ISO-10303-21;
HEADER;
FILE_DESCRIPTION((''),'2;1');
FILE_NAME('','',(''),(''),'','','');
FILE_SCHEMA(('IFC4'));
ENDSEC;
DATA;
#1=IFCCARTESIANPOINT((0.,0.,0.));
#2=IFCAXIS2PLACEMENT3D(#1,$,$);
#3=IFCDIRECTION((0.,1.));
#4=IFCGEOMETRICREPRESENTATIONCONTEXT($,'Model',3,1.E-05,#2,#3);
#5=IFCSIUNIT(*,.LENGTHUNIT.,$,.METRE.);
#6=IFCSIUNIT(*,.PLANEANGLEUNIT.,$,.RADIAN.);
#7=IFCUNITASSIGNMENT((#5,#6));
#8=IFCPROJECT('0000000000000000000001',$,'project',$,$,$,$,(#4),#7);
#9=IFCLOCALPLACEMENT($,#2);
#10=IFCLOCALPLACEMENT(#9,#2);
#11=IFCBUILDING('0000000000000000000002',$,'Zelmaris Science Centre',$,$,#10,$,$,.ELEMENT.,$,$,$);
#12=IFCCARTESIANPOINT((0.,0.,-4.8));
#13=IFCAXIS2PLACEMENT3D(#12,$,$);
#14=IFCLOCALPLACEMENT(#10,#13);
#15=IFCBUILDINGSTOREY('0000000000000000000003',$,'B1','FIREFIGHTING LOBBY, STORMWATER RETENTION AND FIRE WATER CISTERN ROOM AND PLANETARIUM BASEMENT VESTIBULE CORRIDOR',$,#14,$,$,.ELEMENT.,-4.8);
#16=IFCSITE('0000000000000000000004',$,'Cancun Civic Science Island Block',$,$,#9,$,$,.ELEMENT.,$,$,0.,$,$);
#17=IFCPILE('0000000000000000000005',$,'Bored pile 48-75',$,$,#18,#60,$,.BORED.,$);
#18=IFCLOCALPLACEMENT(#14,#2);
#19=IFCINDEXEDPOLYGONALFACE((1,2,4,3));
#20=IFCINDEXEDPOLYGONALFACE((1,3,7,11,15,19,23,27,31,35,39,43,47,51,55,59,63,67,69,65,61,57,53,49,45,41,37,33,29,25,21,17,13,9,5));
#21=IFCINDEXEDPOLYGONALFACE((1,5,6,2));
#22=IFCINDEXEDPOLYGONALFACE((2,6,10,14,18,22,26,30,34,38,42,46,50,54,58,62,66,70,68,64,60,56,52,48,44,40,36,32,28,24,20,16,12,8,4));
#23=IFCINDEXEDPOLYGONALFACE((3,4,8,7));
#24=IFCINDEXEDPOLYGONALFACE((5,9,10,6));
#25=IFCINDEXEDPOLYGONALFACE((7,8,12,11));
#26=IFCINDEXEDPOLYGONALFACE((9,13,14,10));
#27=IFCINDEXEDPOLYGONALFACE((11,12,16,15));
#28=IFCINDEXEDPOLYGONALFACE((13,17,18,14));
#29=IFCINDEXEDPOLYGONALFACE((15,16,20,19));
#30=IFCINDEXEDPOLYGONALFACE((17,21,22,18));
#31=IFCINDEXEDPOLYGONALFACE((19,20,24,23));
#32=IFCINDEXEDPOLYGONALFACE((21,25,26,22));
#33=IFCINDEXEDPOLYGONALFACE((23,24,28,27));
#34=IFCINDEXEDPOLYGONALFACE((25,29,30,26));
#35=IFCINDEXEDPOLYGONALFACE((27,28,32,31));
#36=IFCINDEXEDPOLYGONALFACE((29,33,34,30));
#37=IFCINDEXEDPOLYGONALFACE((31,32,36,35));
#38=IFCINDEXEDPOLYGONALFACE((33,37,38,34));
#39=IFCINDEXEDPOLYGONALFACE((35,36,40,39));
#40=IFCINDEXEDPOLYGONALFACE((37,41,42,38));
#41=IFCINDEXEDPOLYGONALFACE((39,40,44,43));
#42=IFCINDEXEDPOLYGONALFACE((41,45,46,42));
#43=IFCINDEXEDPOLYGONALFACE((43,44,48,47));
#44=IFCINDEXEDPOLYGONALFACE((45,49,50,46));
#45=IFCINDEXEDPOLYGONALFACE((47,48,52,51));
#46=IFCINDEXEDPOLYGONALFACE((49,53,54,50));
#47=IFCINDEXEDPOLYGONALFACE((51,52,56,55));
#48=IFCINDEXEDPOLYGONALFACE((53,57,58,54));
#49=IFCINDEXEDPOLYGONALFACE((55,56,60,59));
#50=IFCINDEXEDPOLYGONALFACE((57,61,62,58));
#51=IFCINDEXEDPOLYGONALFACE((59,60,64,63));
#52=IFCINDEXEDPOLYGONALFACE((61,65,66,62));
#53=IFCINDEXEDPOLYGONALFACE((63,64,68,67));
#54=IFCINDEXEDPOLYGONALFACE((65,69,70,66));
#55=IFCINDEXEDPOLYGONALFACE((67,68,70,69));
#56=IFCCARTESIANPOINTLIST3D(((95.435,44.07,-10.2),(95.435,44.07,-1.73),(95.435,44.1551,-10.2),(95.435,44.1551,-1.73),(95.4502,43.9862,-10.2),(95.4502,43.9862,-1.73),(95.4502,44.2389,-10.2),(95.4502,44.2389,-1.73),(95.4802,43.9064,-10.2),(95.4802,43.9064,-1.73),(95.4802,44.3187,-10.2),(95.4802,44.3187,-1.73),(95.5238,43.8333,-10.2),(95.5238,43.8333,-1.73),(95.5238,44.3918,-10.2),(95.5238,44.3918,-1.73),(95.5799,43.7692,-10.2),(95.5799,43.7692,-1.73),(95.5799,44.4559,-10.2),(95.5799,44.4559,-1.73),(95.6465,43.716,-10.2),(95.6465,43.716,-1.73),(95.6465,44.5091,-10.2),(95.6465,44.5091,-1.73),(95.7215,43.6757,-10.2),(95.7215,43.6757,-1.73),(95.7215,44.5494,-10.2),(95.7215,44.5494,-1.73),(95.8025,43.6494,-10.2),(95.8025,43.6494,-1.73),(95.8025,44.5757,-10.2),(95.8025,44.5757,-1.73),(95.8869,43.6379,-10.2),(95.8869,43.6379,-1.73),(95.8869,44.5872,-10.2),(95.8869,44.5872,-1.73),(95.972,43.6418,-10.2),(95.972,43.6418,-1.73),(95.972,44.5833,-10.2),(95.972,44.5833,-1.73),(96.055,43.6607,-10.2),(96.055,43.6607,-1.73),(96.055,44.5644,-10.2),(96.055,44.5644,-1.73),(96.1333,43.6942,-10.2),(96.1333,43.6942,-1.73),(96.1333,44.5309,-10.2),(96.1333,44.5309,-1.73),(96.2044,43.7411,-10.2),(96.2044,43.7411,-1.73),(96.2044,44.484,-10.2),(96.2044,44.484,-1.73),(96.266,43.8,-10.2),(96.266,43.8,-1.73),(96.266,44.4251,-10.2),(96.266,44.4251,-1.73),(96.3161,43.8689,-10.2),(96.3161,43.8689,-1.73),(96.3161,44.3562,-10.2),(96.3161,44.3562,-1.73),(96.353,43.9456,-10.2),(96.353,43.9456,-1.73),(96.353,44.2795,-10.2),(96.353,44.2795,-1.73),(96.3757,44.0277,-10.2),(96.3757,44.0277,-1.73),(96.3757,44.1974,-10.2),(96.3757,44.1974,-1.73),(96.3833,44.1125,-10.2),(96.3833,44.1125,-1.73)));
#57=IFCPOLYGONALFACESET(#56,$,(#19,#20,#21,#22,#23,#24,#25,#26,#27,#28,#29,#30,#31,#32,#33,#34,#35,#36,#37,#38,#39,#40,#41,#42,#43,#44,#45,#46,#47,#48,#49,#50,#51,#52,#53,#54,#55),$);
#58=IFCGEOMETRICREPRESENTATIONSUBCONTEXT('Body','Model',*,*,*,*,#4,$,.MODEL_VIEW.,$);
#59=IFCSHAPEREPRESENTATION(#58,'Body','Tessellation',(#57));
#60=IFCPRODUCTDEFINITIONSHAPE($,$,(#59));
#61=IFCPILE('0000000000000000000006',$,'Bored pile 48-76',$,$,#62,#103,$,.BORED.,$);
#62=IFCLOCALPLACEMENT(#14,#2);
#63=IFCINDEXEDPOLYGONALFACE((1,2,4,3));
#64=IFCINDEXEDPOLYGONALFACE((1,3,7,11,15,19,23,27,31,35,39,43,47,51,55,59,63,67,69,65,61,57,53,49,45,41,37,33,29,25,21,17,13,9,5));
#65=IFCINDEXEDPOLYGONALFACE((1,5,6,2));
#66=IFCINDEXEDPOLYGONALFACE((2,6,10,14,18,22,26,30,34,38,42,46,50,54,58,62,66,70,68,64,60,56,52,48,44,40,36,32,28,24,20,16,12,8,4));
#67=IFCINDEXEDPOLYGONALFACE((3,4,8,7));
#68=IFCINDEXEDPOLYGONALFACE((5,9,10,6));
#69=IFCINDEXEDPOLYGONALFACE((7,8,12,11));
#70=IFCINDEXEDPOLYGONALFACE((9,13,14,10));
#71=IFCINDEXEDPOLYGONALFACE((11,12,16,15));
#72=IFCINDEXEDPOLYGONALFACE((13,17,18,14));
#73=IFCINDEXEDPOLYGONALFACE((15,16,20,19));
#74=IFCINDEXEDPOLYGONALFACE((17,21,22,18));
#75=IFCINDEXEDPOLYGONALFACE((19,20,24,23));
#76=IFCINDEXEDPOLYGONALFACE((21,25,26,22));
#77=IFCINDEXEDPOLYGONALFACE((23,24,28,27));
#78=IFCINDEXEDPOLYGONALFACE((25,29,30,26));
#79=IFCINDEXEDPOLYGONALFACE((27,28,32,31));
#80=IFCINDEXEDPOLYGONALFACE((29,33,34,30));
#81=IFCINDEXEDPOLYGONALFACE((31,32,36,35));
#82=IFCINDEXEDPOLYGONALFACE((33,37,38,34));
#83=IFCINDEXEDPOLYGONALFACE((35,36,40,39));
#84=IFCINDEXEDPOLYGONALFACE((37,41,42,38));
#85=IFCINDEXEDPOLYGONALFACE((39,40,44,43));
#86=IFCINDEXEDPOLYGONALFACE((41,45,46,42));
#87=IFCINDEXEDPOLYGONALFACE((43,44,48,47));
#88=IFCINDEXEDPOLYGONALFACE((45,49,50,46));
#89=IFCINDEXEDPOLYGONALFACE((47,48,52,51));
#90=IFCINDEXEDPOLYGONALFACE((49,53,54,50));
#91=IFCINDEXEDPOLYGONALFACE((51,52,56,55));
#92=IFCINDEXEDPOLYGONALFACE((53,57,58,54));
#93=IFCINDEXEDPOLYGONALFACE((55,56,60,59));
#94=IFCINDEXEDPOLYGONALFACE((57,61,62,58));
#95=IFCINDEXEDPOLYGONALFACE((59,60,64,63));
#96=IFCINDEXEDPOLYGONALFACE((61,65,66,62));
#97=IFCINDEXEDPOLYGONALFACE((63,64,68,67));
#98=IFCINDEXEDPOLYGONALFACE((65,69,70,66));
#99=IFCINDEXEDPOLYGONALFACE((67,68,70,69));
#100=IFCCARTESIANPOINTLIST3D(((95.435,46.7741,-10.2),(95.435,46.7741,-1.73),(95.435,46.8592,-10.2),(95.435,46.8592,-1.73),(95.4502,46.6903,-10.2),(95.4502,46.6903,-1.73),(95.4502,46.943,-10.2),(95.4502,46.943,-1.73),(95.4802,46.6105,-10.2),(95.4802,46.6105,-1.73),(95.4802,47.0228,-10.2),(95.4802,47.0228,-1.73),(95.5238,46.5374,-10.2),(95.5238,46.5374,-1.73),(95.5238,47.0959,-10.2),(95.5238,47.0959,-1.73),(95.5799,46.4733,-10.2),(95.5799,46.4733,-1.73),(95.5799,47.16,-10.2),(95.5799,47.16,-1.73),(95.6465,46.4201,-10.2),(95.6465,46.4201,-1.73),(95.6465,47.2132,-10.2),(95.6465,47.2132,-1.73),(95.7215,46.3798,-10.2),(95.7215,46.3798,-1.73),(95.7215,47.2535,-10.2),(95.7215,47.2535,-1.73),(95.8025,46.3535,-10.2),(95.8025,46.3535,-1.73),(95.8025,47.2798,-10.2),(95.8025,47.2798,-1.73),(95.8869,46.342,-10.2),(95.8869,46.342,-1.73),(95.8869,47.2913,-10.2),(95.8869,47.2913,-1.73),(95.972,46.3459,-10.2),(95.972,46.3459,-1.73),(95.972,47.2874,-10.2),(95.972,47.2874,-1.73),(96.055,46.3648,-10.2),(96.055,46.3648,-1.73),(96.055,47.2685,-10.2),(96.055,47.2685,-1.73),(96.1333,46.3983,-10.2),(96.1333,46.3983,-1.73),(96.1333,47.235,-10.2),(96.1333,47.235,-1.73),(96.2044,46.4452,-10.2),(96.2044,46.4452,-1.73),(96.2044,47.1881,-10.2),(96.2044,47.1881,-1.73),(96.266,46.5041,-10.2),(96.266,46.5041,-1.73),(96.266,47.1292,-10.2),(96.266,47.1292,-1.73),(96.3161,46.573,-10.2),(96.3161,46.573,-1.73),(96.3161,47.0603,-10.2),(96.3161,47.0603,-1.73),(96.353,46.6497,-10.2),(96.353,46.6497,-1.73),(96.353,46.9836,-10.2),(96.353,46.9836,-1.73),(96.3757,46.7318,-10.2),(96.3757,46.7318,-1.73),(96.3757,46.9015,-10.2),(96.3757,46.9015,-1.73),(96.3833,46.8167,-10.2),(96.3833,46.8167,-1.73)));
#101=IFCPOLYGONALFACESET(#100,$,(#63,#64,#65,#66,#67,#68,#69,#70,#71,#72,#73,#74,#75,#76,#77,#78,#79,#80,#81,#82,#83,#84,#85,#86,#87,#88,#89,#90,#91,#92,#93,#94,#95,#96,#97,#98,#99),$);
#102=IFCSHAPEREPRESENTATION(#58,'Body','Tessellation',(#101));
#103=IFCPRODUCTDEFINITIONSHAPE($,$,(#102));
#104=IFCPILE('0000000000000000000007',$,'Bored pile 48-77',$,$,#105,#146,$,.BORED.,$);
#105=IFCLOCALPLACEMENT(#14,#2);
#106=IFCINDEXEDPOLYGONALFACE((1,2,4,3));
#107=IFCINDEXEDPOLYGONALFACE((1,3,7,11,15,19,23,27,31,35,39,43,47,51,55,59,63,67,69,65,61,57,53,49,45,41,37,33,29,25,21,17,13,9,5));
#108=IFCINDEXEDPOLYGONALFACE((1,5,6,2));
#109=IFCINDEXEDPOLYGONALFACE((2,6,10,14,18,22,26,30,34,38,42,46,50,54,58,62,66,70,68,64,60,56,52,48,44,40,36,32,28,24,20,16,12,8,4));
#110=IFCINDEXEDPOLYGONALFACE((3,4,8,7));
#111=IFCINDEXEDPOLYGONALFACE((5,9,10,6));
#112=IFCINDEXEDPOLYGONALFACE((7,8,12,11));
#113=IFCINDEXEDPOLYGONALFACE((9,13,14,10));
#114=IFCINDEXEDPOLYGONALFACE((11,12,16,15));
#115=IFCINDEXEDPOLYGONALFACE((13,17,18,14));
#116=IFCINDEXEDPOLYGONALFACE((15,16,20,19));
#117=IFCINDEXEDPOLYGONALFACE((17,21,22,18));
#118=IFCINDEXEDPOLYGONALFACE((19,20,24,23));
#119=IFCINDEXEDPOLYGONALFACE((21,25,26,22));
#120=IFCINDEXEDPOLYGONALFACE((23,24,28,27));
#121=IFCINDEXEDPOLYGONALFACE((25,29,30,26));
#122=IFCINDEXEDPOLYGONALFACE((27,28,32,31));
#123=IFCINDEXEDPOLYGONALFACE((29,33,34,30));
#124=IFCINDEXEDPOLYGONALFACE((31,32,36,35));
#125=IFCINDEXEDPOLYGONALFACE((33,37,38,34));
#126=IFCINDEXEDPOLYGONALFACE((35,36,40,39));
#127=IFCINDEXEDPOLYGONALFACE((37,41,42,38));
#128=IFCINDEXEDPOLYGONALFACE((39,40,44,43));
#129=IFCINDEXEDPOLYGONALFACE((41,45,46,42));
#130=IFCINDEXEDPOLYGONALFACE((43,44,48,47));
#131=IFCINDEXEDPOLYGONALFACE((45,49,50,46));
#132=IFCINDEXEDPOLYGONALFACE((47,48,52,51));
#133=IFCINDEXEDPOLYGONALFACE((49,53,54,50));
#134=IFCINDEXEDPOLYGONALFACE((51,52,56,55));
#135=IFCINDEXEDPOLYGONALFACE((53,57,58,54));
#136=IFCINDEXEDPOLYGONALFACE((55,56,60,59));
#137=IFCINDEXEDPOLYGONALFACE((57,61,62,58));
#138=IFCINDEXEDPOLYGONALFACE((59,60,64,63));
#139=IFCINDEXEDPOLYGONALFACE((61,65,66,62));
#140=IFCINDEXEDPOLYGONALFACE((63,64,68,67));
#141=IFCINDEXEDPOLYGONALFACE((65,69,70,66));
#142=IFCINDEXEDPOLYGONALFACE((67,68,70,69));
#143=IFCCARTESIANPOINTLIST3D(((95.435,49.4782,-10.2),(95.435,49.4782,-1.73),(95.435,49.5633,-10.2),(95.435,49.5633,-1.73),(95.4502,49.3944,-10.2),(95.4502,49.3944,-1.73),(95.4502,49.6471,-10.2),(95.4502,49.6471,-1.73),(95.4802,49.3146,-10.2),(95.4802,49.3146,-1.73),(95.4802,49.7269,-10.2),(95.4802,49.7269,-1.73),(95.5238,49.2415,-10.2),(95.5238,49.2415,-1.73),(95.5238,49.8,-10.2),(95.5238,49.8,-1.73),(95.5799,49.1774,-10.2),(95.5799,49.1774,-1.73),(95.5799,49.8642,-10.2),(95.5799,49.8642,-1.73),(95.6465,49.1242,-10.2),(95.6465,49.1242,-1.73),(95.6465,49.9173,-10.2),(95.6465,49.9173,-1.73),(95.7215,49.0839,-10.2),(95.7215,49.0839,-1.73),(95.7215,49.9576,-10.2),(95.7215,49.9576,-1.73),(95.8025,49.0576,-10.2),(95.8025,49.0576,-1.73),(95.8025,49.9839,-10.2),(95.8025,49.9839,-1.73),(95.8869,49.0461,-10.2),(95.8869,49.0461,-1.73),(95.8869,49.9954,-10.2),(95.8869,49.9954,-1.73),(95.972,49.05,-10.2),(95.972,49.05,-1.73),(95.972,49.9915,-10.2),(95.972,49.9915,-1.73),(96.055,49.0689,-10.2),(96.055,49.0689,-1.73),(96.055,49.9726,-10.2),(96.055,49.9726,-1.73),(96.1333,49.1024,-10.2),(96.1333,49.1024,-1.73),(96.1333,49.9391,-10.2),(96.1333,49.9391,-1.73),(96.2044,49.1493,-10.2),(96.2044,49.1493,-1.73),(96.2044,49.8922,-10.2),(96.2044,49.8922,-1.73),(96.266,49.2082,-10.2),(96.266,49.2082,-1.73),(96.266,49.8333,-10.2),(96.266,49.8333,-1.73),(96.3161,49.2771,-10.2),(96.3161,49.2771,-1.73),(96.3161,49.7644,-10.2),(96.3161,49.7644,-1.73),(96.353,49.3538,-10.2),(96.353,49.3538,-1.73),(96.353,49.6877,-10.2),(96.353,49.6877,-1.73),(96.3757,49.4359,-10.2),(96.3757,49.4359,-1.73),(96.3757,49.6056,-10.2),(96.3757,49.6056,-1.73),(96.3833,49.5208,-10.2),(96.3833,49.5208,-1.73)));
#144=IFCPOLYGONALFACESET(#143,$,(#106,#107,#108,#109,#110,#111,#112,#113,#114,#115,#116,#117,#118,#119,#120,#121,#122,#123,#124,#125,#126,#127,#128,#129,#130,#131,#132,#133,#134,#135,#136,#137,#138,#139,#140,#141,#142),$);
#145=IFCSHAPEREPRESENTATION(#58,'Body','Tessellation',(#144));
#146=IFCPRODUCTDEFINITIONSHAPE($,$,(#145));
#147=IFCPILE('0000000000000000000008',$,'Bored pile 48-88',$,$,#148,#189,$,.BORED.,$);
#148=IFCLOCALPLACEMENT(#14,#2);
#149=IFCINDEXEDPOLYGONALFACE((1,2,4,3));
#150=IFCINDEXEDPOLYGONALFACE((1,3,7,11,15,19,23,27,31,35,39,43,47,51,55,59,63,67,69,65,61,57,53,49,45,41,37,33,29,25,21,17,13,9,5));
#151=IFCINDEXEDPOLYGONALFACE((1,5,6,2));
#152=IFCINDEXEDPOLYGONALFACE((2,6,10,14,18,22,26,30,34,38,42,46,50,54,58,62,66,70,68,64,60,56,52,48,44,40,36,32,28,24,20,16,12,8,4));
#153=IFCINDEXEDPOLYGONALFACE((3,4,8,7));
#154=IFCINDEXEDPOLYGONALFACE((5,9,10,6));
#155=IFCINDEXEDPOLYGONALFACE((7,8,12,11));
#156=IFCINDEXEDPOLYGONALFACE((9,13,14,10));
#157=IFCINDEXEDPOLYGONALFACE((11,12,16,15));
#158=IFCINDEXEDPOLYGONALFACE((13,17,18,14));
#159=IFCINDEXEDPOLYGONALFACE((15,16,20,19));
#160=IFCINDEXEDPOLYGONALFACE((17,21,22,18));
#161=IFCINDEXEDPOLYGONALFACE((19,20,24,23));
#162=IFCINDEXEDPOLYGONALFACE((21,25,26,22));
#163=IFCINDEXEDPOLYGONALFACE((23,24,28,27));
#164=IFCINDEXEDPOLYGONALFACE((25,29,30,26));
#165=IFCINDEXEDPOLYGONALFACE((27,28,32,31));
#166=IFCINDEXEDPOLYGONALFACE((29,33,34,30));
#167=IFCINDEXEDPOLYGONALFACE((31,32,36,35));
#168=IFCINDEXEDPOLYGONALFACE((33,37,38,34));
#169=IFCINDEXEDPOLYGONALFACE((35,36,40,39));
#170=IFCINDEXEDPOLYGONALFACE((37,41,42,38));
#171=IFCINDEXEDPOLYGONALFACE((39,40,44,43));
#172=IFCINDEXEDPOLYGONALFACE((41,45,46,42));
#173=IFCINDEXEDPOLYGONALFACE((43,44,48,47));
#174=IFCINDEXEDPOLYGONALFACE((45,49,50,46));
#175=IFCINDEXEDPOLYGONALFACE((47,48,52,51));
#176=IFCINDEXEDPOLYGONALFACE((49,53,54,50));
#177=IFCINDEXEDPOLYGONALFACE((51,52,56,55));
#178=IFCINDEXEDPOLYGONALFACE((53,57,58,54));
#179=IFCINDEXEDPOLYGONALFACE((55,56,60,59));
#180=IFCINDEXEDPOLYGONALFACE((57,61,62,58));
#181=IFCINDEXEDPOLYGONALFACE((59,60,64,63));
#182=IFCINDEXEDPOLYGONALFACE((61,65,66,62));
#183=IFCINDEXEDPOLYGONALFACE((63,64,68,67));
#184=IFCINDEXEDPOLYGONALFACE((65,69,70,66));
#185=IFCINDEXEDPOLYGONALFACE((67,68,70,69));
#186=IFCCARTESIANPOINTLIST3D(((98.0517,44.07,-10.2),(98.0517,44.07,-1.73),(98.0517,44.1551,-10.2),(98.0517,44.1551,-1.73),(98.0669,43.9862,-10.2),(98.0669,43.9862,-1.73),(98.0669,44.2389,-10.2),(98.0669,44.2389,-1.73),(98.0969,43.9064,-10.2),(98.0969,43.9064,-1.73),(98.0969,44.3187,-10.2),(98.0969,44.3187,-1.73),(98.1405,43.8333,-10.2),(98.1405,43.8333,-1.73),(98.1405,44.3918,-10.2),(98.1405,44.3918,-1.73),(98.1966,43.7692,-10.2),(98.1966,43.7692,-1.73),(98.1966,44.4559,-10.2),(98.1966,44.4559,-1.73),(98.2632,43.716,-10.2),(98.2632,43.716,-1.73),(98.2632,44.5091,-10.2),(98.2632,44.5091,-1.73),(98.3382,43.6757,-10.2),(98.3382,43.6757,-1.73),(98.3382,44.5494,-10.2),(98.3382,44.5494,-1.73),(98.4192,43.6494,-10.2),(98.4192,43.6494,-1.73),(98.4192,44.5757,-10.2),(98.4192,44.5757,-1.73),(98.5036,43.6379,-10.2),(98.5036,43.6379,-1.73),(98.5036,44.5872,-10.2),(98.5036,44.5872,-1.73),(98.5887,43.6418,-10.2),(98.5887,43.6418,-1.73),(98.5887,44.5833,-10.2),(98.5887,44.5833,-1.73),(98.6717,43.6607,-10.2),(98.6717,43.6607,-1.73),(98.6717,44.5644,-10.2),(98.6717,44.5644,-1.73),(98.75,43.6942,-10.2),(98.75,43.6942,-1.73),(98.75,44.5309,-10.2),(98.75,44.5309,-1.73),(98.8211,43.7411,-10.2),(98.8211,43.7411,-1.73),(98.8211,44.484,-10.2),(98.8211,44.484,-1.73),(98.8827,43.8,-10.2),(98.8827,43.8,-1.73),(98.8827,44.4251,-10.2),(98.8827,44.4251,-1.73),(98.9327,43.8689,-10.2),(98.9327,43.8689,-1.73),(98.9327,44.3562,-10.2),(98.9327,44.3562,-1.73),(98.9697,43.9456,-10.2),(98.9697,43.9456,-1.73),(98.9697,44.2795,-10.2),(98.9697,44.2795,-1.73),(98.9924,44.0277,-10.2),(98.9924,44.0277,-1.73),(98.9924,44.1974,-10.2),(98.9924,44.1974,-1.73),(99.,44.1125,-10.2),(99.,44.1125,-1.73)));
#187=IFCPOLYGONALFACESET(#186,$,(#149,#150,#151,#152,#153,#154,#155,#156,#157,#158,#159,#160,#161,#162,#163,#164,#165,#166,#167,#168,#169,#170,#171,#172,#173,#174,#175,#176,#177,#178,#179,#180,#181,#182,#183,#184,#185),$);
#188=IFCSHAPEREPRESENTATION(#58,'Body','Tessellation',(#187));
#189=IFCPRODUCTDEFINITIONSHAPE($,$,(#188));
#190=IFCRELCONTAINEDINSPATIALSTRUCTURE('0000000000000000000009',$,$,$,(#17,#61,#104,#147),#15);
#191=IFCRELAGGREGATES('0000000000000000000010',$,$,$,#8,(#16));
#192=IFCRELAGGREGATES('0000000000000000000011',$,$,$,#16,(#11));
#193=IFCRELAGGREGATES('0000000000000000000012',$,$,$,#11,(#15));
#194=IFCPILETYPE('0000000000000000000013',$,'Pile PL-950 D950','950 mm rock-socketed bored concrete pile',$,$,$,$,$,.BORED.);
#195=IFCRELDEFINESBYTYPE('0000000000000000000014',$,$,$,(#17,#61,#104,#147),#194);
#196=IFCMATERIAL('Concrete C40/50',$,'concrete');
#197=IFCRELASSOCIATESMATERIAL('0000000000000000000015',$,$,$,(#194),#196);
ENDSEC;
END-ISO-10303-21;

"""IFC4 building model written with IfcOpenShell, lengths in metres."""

from ifc_helpers import new_model, si_unit, direction, frame, origin, origin_2d, place, context, subcontext, project, spatial, circle, extrude, material, material_profile, profile_set, type_object, element, save


model = new_model("IFC4")

# Units and contexts
model_context = context("Model", 3, precision=1e-05, world=origin(), true_north=direction((0.0, 1.0)))
body_context = subcontext(model_context, "Body", "Model", "MODEL_VIEW")
ifc_project = project(units=[si_unit("LENGTHUNIT", "METRE"), si_unit("PLANEANGLEUNIT", "RADIAN")], contexts=[model_context])

# Site, building, storey
site_placement = place(None, origin())
site = spatial("IfcSite", under=ifc_project, at=site_placement, Name="Cancun Civic Science Island Block", CompositionType="ELEMENT", RefElevation=0.0)
building_placement = place(site_placement, origin())
building = spatial("IfcBuilding", under=site, at=building_placement, Name="Zelmaris Science Centre", CompositionType="ELEMENT")
storey_placement = place(building_placement, frame((0.0, 0.0, -4.8)))
storey = spatial("IfcBuildingStorey", under=building, at=storey_placement, Name="B1", Description="FIREFIGHTING LOBBY, STORMWATER RETENTION AND FIRE WATER CISTERN ROOM AND PLANETARIUM BASEMENT VESTIBULE CORRIDOR", CompositionType="ELEMENT", Elevation=-4.8)

# Shared definitions
ifc_material_1 = material(Name="Concrete C40/50", Category="concrete")

# Piles
ifc_material_profile_1 = material_profile(ifc_material_1, circle(Radius=0.4751, at=origin_2d()), Name="PILE-950")
ifc_profile_set_1 = profile_set([ifc_material_profile_1], Name="Concrete C40/50")
pile_type_1 = type_object("IfcPileType", Name="Pile PL-950 D950", Description="950 mm rock-socketed bored concrete pile", PredefinedType="BORED", material=ifc_profile_set_1)
for number, where, z_axis, x_axis, name in (
    (1, (95.9082, 44.1125, -1.73), (0.0, 0.0, -1.0), (1.0, 0.0, 0.0), "Bored pile 48-75"),
    (2, (95.9082, 46.8167, -1.73), (0.0, 0.0, -1.0), (1.0, 0.0, 0.0), "Bored pile 48-76"),
    (3, (95.9082, 49.5208, -1.73), (0.0, 0.0, -1.0), (1.0, 0.0, 0.0), "Bored pile 48-77"),
    (4, (98.5249, 44.1125, -1.73), (0.0, 0.0, -1.0), (1.0, 0.0, 0.0), "Bored pile 48-88"),
):
    element("IfcPile", number, at=place(storey_placement, frame(where, z_axis=z_axis, x_axis=x_axis)), inside=storey, type_object=pile_type_1, Name=name, PredefinedType="BORED", context=body_context, shape_type="SweptSolid", body=[
        extrude(circle(Radius=0.4751, at=origin_2d()), origin(), (0.0, 0.0, 1.0), 8.47),
    ])

save(model, "model.ifc")
